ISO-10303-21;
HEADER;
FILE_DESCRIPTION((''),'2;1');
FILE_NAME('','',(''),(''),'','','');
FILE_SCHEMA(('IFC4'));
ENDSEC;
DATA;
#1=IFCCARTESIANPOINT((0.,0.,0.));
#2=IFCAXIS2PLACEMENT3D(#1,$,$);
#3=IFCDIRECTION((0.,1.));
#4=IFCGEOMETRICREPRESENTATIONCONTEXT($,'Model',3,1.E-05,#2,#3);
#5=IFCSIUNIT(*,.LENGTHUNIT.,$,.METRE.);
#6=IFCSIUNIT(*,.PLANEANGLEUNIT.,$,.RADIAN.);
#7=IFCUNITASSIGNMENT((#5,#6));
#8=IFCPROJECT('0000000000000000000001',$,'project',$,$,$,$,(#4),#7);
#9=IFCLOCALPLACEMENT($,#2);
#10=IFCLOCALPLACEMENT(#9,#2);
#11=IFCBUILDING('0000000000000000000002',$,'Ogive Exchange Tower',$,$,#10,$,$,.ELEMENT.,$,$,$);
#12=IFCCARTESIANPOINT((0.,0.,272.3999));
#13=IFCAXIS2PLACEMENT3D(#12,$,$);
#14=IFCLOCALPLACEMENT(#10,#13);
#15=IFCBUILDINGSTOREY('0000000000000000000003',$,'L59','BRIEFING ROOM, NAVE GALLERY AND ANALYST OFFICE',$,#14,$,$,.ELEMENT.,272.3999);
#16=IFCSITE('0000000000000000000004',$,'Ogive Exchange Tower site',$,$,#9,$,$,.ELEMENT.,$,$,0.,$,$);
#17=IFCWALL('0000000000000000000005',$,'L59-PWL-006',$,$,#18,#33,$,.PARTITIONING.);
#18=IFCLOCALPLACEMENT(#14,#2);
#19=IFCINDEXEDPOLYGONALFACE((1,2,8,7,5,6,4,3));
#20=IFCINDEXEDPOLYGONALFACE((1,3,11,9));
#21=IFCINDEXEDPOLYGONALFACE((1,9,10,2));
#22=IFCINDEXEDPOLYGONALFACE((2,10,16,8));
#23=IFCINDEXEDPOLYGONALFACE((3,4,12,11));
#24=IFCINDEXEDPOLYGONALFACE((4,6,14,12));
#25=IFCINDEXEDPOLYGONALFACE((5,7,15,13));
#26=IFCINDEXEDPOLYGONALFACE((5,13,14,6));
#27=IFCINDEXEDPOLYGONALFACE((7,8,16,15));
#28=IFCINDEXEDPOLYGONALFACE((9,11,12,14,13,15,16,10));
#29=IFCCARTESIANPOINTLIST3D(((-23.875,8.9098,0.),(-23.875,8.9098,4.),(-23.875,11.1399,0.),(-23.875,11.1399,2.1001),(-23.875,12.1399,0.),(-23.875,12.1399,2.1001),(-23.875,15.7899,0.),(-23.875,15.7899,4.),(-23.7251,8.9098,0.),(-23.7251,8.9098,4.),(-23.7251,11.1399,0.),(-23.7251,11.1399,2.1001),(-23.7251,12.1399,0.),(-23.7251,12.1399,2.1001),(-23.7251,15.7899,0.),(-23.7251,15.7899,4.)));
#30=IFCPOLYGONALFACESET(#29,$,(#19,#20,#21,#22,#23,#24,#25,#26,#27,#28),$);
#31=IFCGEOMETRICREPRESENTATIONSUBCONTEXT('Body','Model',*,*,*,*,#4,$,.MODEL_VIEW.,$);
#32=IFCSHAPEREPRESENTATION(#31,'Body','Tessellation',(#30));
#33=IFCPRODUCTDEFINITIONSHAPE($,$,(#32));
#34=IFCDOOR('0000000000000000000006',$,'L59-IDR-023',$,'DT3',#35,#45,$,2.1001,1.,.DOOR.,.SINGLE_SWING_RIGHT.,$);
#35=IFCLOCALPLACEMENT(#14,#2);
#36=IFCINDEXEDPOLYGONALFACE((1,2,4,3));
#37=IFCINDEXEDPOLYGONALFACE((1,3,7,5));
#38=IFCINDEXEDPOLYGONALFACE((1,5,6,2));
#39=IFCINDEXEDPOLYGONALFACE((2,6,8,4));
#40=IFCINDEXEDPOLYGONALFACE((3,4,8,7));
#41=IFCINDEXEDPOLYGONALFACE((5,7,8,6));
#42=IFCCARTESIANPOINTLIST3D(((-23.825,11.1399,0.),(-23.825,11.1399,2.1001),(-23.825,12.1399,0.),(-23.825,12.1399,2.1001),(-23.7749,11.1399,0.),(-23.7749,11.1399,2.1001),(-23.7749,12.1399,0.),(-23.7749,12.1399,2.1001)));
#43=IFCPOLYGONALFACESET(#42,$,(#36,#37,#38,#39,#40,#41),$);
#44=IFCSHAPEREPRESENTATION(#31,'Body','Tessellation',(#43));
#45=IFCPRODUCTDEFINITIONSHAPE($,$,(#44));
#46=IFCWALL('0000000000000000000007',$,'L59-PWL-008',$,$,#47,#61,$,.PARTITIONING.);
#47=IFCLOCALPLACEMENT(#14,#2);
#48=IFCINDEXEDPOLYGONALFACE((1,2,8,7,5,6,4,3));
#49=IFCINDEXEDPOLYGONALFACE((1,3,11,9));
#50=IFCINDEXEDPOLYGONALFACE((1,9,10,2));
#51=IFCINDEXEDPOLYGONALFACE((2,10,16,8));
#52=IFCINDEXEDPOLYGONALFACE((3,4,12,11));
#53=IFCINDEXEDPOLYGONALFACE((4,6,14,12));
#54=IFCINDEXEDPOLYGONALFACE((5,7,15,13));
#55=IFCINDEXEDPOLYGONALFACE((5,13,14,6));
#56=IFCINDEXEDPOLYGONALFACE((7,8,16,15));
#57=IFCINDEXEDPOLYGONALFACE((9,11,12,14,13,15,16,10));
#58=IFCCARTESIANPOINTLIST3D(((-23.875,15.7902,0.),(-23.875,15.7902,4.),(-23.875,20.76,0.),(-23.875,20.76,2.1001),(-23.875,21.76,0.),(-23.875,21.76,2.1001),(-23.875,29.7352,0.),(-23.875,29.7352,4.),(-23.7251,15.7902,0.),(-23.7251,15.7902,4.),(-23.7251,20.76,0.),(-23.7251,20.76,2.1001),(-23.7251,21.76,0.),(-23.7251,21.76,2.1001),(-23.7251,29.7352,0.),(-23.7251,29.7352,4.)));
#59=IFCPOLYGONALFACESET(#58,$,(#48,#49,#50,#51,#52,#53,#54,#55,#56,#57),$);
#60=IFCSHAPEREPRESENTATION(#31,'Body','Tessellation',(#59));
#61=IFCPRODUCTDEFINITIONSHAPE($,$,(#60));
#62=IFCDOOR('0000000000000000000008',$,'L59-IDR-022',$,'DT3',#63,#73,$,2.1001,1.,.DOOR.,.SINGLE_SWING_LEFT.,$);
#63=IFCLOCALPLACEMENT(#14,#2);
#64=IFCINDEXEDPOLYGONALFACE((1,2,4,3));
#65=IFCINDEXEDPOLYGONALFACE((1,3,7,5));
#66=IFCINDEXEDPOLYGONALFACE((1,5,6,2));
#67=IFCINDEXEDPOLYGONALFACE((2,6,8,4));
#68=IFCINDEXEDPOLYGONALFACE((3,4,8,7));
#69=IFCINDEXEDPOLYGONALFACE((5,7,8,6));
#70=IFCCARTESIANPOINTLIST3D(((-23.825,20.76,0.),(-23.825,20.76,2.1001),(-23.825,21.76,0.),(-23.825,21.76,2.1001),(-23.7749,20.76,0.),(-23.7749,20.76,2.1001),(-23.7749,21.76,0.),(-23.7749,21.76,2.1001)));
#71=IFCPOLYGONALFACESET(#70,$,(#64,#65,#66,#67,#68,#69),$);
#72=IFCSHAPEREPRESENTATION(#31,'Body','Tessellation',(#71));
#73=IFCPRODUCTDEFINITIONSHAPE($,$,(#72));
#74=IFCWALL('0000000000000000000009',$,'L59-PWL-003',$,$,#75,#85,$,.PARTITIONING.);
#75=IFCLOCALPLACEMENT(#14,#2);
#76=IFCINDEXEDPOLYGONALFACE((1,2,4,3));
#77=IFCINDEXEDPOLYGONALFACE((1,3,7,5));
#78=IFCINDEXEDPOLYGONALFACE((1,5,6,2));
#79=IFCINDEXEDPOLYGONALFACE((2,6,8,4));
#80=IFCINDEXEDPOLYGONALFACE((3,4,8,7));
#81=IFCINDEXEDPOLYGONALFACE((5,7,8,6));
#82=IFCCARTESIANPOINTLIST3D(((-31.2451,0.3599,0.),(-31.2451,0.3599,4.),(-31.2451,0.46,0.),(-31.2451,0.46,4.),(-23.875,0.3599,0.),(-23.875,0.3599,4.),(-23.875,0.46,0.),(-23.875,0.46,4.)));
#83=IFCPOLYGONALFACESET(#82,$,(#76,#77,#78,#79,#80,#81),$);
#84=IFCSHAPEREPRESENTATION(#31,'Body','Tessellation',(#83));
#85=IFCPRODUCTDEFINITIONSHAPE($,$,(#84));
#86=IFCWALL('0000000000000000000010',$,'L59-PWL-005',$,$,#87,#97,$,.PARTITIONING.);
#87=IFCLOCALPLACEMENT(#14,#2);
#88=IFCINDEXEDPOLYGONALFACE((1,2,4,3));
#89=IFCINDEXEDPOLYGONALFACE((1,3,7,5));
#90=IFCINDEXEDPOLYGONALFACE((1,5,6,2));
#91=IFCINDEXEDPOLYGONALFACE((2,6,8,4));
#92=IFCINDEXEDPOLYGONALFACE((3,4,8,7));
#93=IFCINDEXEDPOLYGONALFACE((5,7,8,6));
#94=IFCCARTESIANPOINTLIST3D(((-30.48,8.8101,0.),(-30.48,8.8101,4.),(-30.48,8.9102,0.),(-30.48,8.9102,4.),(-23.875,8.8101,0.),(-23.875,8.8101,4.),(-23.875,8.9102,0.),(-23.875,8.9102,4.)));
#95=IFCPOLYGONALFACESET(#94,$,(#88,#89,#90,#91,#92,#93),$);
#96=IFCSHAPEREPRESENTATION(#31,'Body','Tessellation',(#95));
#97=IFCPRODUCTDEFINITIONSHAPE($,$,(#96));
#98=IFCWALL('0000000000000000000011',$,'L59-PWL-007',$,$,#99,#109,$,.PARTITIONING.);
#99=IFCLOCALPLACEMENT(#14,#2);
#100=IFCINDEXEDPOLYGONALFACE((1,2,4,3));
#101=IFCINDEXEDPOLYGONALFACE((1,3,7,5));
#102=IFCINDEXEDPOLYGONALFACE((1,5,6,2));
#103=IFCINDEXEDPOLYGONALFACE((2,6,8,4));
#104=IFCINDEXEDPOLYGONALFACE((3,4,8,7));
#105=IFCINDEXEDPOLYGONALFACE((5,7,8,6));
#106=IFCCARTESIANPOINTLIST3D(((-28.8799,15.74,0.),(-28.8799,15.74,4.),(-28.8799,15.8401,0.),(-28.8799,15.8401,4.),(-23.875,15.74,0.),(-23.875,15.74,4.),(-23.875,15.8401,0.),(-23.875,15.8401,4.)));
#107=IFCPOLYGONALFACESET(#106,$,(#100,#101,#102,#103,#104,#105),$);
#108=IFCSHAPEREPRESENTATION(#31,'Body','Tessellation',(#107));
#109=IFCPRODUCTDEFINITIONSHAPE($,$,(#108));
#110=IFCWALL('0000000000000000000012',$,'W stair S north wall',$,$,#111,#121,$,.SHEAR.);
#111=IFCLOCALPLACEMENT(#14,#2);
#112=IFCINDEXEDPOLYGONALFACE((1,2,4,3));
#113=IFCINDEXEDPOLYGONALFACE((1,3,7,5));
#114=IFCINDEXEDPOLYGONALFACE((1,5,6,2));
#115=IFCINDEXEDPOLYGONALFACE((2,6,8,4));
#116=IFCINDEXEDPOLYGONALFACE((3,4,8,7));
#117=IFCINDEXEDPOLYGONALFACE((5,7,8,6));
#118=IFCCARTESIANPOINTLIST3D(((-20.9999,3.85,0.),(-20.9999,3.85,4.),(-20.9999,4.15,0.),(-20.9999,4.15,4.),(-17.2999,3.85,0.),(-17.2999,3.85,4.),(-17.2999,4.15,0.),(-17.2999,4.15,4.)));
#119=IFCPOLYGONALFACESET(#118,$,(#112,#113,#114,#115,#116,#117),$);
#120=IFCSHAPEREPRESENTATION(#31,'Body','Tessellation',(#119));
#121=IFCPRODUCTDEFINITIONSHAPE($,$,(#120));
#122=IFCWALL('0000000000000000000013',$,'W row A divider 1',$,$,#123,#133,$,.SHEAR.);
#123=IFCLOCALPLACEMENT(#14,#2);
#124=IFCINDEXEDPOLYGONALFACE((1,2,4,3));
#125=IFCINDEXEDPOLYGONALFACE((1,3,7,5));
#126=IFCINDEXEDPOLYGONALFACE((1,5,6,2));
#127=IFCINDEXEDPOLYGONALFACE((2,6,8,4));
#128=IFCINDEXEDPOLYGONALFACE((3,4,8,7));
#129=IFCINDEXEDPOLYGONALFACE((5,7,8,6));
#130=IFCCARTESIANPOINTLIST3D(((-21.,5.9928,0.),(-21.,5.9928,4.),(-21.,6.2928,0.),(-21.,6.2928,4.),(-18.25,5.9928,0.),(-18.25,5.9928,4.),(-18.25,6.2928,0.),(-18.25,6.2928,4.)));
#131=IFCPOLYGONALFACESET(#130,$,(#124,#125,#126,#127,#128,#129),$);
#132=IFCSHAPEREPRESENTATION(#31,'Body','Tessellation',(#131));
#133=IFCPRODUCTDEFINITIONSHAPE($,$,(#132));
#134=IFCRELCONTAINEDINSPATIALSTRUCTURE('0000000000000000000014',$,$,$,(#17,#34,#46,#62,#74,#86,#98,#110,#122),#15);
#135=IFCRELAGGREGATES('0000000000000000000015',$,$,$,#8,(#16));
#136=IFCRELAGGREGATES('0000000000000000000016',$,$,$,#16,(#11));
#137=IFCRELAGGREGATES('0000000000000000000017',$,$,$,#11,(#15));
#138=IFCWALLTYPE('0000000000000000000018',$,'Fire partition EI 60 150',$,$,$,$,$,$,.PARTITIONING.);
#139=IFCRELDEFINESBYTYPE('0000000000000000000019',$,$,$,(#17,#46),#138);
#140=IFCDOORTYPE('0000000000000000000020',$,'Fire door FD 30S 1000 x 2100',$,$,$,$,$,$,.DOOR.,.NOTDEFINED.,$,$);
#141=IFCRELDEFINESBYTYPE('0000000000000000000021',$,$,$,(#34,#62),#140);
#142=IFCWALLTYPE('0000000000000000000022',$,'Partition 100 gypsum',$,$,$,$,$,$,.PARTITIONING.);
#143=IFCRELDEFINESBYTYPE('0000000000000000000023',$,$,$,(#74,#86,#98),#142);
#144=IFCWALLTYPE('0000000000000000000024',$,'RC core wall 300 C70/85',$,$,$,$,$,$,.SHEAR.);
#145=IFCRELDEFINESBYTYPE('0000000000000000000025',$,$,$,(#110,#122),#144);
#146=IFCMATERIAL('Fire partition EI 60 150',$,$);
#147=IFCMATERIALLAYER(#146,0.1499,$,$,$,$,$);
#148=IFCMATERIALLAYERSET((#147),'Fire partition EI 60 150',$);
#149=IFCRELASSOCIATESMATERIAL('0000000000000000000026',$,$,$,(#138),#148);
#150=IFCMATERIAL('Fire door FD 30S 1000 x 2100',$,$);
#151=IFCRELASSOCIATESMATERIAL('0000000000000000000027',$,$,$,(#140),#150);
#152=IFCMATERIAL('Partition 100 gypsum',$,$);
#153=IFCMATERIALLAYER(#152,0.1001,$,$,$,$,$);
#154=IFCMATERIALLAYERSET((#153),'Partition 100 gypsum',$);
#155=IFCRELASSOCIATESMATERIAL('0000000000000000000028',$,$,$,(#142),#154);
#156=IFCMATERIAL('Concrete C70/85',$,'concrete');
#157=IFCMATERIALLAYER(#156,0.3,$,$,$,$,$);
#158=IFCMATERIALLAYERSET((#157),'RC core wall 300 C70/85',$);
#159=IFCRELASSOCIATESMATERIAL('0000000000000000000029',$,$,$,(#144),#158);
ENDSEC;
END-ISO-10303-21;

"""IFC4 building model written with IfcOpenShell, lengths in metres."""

from ifc_helpers import new_model, si_unit, direction, frame, frame_2d, origin, place, context, subcontext, project, spatial, rectangle, extrude, material, layer, layer_set, type_object, element, fill, save


model = new_model("IFC4")

# Units and contexts
model_context = context("Model", 3, precision=1e-05, world=origin(), true_north=direction((0.0, 1.0)))
body_context = subcontext(model_context, "Body", "Model", "MODEL_VIEW")
ifc_project = project(units=[si_unit("LENGTHUNIT", "METRE"), si_unit("PLANEANGLEUNIT", "RADIAN")], contexts=[model_context])

# Site, building, storey
site_placement = place(None, origin())
site = spatial("IfcSite", under=ifc_project, at=site_placement, Name="Ogive Exchange Tower site", CompositionType="ELEMENT", RefElevation=0.0)
building_placement = place(site_placement, origin())
building = spatial("IfcBuilding", under=site, at=building_placement, Name="Ogive Exchange Tower", CompositionType="ELEMENT")
storey_placement = place(building_placement, frame((0.0, 0.0, 272.3999)))
storey = spatial("IfcBuildingStorey", under=building, at=storey_placement, Name="L59", Description="BRIEFING ROOM, NAVE GALLERY AND ANALYST OFFICE", CompositionType="ELEMENT", Elevation=272.3999)

# Walls, openings, doors
ifc_material_1 = material(Name="Fire partition EI 60 150")
ifc_layer_1 = layer(ifc_material_1, 0.1499)
ifc_layer_set_1 = layer_set([ifc_layer_1], Name="Fire partition EI 60 150")
wall_type_1 = type_object("IfcWallType", Name="Fire partition EI 60 150", PredefinedType="PARTITIONING", material=ifc_layer_set_1)
ifc_material_2 = material(Name="Fire door FD 30S 1000 x 2100")
door_type = type_object("IfcDoorType", Name="Fire door FD 30S 1000 x 2100", OperationType="NOTDEFINED", PredefinedType="DOOR", material=ifc_material_2)
wall_1_placement = place(storey_placement, frame((-23.8, 8.9099, 0.0), z_axis=(0.0, 0.0, 1.0), x_axis=(0.0, 1.0, 0.0)))
wall_1 = element("IfcWall", 1, at=wall_1_placement, inside=storey, type_object=wall_type_1, Name="L59-PWL-006", PredefinedType="PARTITIONING", context=body_context, shape_type="SweptSolid", body=[
    extrude(rectangle(XDim=6.8801, YDim=0.1499, at=frame_2d((3.4399, 0.0))), origin(), (0.0, 0.0, 1.0), 4.0),
])
opening_1_placement = place(wall_1_placement, frame((2.23, 0.0, 0.0)))
opening_1 = element("IfcOpeningElement", 2, at=opening_1_placement, cuts=wall_1, PredefinedType="OPENING", context=body_context, shape_type="SweptSolid", body=[
    extrude(rectangle(XDim=1.0, YDim=2.1001, at=frame_2d((0.5, 1.05))), frame((0.0, 0.085, 0.0), z_axis=(0.0, -1.0, 0.0), x_axis=(1.0, 0.0, 0.0)), (0.0, 0.0, 1.0), 0.1699),
])
door_1_placement = place(opening_1_placement, origin())
door_1 = element("IfcDoor", 3, at=door_1_placement, inside=storey, type_object=door_type, Name="L59-IDR-023", ObjectType="DT3", OperationType="SINGLE_SWING_RIGHT", OverallHeight=2.1001, OverallWidth=1.0, PredefinedType="DOOR", context=body_context, shape_type="SweptSolid", body=[
    extrude(rectangle(XDim=1.0, YDim=2.1001, at=frame_2d((0.5, 1.05))), frame((0.0, 0.0249, 0.0), z_axis=(0.0, -1.0, 0.0), x_axis=(1.0, 0.0, 0.0)), (0.0, 0.0, 1.0), 0.05),
])
fill(opening_1, door_1)
wall_2_placement = place(storey_placement, frame((-23.8, 15.79, 0.0), z_axis=(0.0, 0.0, 1.0), x_axis=(0.0, 1.0, 0.0)))
wall_2 = element("IfcWall", 4, at=wall_2_placement, inside=storey, type_object=wall_type_1, Name="L59-PWL-008", PredefinedType="PARTITIONING", context=body_context, shape_type="SweptSolid", body=[
    extrude(rectangle(XDim=13.9451, YDim=0.1499, at=frame_2d((6.9727, 0.0))), origin(), (0.0, 0.0, 1.0), 4.0),
])
opening_2_placement = place(wall_2_placement, frame((4.97, 0.0, 0.0)))
opening_2 = element("IfcOpeningElement", 5, at=opening_2_placement, cuts=wall_2, PredefinedType="OPENING", context=body_context, shape_type="SweptSolid", body=[
    extrude(rectangle(XDim=1.0, YDim=2.1001, at=frame_2d((0.5, 1.05))), frame((0.0, 0.085, 0.0), z_axis=(0.0, -1.0, 0.0), x_axis=(1.0, 0.0, 0.0)), (0.0, 0.0, 1.0), 0.1699),
])
door_2_placement = place(opening_2_placement, origin())
door_2 = element("IfcDoor", 6, at=door_2_placement, inside=storey, type_object=door_type, Name="L59-IDR-022", ObjectType="DT3", OperationType="SINGLE_SWING_LEFT", OverallHeight=2.1001, OverallWidth=1.0, PredefinedType="DOOR", context=body_context, shape_type="SweptSolid", body=[
    extrude(rectangle(XDim=1.0, YDim=2.1001, at=frame_2d((0.5, 1.05))), frame((0.0, 0.0249, 0.0), z_axis=(0.0, -1.0, 0.0), x_axis=(1.0, 0.0, 0.0)), (0.0, 0.0, 1.0), 0.05),
])
fill(opening_2, door_2)

# Walls
ifc_material_3 = material(Name="Partition 100 gypsum")
ifc_layer_2 = layer(ifc_material_3, 0.1001)
ifc_layer_set_2 = layer_set([ifc_layer_2], Name="Partition 100 gypsum")
wall_type_2 = type_object("IfcWallType", Name="Partition 100 gypsum", PredefinedType="PARTITIONING", material=ifc_layer_set_2)
wall_3_placement = place(storey_placement, frame((-23.875, 0.4099, 0.0), z_axis=(0.0, 0.0, 1.0), x_axis=(-1.0, 0.0, 0.0)))
element("IfcWall", 7, at=wall_3_placement, inside=storey, type_object=wall_type_2, Name="L59-PWL-003", PredefinedType="PARTITIONING", context=body_context, shape_type="SweptSolid", body=[
    extrude(rectangle(XDim=7.3701, YDim=0.1001, at=frame_2d((3.6851, 0.0))), origin(), (0.0, 0.0, 1.0), 4.0),
])
wall_4_placement = place(storey_placement, frame((-23.875, 8.8601, 0.0), z_axis=(0.0, 0.0, 1.0), x_axis=(-1.0, 0.0, 0.0)))
element("IfcWall", 8, at=wall_4_placement, inside=storey, type_object=wall_type_2, Name="L59-PWL-005", PredefinedType="PARTITIONING", context=body_context, shape_type="SweptSolid", body=[
    extrude(rectangle(XDim=6.605, YDim=0.1001, at=frame_2d((3.3025, 0.0))), origin(), (0.0, 0.0, 1.0), 4.0),
])
wall_5_placement = place(storey_placement, frame((-23.875, 15.79, 0.0), z_axis=(0.0, 0.0, 1.0), x_axis=(-1.0, 0.0, 0.0)))
element("IfcWall", 9, at=wall_5_placement, inside=storey, type_object=wall_type_2, Name="L59-PWL-007", PredefinedType="PARTITIONING", context=body_context, shape_type="SweptSolid", body=[
    extrude(rectangle(XDim=5.0049, YDim=0.1001, at=frame_2d((2.5024, 0.0))), origin(), (0.0, 0.0, 1.0), 4.0),
])
ifc_material_4 = material(Name="Concrete C70/85", Category="concrete")
ifc_layer_3 = layer(ifc_material_4, 0.3)
ifc_layer_set_3 = layer_set([ifc_layer_3], Name="RC core wall 300 C70/85")
wall_type_3 = type_object("IfcWallType", Name="RC core wall 300 C70/85", PredefinedType="SHEAR", material=ifc_layer_set_3)
wall_6_placement = place(storey_placement, frame((-21.0, 4.0, 0.0), z_axis=(0.0, 0.0, 1.0), x_axis=(1.0, 0.0, 0.0)))
element("IfcWall", 10, at=wall_6_placement, inside=storey, type_object=wall_type_3, Name="W stair S north wall", PredefinedType="SHEAR", context=body_context, shape_type="SweptSolid", body=[
    extrude(rectangle(XDim=3.7, YDim=0.3, at=frame_2d((1.8501, 0.0))), origin(), (0.0, 0.0, 1.0), 4.0),
])
wall_7_placement = place(storey_placement, frame((-21.0, 6.1428, 0.0), z_axis=(0.0, 0.0, 1.0), x_axis=(1.0, 0.0, 0.0)))
element("IfcWall", 11, at=wall_7_placement, inside=storey, type_object=wall_type_3, Name="W row A divider 1", PredefinedType="SHEAR", context=body_context, shape_type="SweptSolid", body=[
    extrude(rectangle(XDim=2.75, YDim=0.3, at=frame_2d((1.375, 0.0))), origin(), (0.0, 0.0, 1.0), 4.0),
])

save(model, "model.ifc")
